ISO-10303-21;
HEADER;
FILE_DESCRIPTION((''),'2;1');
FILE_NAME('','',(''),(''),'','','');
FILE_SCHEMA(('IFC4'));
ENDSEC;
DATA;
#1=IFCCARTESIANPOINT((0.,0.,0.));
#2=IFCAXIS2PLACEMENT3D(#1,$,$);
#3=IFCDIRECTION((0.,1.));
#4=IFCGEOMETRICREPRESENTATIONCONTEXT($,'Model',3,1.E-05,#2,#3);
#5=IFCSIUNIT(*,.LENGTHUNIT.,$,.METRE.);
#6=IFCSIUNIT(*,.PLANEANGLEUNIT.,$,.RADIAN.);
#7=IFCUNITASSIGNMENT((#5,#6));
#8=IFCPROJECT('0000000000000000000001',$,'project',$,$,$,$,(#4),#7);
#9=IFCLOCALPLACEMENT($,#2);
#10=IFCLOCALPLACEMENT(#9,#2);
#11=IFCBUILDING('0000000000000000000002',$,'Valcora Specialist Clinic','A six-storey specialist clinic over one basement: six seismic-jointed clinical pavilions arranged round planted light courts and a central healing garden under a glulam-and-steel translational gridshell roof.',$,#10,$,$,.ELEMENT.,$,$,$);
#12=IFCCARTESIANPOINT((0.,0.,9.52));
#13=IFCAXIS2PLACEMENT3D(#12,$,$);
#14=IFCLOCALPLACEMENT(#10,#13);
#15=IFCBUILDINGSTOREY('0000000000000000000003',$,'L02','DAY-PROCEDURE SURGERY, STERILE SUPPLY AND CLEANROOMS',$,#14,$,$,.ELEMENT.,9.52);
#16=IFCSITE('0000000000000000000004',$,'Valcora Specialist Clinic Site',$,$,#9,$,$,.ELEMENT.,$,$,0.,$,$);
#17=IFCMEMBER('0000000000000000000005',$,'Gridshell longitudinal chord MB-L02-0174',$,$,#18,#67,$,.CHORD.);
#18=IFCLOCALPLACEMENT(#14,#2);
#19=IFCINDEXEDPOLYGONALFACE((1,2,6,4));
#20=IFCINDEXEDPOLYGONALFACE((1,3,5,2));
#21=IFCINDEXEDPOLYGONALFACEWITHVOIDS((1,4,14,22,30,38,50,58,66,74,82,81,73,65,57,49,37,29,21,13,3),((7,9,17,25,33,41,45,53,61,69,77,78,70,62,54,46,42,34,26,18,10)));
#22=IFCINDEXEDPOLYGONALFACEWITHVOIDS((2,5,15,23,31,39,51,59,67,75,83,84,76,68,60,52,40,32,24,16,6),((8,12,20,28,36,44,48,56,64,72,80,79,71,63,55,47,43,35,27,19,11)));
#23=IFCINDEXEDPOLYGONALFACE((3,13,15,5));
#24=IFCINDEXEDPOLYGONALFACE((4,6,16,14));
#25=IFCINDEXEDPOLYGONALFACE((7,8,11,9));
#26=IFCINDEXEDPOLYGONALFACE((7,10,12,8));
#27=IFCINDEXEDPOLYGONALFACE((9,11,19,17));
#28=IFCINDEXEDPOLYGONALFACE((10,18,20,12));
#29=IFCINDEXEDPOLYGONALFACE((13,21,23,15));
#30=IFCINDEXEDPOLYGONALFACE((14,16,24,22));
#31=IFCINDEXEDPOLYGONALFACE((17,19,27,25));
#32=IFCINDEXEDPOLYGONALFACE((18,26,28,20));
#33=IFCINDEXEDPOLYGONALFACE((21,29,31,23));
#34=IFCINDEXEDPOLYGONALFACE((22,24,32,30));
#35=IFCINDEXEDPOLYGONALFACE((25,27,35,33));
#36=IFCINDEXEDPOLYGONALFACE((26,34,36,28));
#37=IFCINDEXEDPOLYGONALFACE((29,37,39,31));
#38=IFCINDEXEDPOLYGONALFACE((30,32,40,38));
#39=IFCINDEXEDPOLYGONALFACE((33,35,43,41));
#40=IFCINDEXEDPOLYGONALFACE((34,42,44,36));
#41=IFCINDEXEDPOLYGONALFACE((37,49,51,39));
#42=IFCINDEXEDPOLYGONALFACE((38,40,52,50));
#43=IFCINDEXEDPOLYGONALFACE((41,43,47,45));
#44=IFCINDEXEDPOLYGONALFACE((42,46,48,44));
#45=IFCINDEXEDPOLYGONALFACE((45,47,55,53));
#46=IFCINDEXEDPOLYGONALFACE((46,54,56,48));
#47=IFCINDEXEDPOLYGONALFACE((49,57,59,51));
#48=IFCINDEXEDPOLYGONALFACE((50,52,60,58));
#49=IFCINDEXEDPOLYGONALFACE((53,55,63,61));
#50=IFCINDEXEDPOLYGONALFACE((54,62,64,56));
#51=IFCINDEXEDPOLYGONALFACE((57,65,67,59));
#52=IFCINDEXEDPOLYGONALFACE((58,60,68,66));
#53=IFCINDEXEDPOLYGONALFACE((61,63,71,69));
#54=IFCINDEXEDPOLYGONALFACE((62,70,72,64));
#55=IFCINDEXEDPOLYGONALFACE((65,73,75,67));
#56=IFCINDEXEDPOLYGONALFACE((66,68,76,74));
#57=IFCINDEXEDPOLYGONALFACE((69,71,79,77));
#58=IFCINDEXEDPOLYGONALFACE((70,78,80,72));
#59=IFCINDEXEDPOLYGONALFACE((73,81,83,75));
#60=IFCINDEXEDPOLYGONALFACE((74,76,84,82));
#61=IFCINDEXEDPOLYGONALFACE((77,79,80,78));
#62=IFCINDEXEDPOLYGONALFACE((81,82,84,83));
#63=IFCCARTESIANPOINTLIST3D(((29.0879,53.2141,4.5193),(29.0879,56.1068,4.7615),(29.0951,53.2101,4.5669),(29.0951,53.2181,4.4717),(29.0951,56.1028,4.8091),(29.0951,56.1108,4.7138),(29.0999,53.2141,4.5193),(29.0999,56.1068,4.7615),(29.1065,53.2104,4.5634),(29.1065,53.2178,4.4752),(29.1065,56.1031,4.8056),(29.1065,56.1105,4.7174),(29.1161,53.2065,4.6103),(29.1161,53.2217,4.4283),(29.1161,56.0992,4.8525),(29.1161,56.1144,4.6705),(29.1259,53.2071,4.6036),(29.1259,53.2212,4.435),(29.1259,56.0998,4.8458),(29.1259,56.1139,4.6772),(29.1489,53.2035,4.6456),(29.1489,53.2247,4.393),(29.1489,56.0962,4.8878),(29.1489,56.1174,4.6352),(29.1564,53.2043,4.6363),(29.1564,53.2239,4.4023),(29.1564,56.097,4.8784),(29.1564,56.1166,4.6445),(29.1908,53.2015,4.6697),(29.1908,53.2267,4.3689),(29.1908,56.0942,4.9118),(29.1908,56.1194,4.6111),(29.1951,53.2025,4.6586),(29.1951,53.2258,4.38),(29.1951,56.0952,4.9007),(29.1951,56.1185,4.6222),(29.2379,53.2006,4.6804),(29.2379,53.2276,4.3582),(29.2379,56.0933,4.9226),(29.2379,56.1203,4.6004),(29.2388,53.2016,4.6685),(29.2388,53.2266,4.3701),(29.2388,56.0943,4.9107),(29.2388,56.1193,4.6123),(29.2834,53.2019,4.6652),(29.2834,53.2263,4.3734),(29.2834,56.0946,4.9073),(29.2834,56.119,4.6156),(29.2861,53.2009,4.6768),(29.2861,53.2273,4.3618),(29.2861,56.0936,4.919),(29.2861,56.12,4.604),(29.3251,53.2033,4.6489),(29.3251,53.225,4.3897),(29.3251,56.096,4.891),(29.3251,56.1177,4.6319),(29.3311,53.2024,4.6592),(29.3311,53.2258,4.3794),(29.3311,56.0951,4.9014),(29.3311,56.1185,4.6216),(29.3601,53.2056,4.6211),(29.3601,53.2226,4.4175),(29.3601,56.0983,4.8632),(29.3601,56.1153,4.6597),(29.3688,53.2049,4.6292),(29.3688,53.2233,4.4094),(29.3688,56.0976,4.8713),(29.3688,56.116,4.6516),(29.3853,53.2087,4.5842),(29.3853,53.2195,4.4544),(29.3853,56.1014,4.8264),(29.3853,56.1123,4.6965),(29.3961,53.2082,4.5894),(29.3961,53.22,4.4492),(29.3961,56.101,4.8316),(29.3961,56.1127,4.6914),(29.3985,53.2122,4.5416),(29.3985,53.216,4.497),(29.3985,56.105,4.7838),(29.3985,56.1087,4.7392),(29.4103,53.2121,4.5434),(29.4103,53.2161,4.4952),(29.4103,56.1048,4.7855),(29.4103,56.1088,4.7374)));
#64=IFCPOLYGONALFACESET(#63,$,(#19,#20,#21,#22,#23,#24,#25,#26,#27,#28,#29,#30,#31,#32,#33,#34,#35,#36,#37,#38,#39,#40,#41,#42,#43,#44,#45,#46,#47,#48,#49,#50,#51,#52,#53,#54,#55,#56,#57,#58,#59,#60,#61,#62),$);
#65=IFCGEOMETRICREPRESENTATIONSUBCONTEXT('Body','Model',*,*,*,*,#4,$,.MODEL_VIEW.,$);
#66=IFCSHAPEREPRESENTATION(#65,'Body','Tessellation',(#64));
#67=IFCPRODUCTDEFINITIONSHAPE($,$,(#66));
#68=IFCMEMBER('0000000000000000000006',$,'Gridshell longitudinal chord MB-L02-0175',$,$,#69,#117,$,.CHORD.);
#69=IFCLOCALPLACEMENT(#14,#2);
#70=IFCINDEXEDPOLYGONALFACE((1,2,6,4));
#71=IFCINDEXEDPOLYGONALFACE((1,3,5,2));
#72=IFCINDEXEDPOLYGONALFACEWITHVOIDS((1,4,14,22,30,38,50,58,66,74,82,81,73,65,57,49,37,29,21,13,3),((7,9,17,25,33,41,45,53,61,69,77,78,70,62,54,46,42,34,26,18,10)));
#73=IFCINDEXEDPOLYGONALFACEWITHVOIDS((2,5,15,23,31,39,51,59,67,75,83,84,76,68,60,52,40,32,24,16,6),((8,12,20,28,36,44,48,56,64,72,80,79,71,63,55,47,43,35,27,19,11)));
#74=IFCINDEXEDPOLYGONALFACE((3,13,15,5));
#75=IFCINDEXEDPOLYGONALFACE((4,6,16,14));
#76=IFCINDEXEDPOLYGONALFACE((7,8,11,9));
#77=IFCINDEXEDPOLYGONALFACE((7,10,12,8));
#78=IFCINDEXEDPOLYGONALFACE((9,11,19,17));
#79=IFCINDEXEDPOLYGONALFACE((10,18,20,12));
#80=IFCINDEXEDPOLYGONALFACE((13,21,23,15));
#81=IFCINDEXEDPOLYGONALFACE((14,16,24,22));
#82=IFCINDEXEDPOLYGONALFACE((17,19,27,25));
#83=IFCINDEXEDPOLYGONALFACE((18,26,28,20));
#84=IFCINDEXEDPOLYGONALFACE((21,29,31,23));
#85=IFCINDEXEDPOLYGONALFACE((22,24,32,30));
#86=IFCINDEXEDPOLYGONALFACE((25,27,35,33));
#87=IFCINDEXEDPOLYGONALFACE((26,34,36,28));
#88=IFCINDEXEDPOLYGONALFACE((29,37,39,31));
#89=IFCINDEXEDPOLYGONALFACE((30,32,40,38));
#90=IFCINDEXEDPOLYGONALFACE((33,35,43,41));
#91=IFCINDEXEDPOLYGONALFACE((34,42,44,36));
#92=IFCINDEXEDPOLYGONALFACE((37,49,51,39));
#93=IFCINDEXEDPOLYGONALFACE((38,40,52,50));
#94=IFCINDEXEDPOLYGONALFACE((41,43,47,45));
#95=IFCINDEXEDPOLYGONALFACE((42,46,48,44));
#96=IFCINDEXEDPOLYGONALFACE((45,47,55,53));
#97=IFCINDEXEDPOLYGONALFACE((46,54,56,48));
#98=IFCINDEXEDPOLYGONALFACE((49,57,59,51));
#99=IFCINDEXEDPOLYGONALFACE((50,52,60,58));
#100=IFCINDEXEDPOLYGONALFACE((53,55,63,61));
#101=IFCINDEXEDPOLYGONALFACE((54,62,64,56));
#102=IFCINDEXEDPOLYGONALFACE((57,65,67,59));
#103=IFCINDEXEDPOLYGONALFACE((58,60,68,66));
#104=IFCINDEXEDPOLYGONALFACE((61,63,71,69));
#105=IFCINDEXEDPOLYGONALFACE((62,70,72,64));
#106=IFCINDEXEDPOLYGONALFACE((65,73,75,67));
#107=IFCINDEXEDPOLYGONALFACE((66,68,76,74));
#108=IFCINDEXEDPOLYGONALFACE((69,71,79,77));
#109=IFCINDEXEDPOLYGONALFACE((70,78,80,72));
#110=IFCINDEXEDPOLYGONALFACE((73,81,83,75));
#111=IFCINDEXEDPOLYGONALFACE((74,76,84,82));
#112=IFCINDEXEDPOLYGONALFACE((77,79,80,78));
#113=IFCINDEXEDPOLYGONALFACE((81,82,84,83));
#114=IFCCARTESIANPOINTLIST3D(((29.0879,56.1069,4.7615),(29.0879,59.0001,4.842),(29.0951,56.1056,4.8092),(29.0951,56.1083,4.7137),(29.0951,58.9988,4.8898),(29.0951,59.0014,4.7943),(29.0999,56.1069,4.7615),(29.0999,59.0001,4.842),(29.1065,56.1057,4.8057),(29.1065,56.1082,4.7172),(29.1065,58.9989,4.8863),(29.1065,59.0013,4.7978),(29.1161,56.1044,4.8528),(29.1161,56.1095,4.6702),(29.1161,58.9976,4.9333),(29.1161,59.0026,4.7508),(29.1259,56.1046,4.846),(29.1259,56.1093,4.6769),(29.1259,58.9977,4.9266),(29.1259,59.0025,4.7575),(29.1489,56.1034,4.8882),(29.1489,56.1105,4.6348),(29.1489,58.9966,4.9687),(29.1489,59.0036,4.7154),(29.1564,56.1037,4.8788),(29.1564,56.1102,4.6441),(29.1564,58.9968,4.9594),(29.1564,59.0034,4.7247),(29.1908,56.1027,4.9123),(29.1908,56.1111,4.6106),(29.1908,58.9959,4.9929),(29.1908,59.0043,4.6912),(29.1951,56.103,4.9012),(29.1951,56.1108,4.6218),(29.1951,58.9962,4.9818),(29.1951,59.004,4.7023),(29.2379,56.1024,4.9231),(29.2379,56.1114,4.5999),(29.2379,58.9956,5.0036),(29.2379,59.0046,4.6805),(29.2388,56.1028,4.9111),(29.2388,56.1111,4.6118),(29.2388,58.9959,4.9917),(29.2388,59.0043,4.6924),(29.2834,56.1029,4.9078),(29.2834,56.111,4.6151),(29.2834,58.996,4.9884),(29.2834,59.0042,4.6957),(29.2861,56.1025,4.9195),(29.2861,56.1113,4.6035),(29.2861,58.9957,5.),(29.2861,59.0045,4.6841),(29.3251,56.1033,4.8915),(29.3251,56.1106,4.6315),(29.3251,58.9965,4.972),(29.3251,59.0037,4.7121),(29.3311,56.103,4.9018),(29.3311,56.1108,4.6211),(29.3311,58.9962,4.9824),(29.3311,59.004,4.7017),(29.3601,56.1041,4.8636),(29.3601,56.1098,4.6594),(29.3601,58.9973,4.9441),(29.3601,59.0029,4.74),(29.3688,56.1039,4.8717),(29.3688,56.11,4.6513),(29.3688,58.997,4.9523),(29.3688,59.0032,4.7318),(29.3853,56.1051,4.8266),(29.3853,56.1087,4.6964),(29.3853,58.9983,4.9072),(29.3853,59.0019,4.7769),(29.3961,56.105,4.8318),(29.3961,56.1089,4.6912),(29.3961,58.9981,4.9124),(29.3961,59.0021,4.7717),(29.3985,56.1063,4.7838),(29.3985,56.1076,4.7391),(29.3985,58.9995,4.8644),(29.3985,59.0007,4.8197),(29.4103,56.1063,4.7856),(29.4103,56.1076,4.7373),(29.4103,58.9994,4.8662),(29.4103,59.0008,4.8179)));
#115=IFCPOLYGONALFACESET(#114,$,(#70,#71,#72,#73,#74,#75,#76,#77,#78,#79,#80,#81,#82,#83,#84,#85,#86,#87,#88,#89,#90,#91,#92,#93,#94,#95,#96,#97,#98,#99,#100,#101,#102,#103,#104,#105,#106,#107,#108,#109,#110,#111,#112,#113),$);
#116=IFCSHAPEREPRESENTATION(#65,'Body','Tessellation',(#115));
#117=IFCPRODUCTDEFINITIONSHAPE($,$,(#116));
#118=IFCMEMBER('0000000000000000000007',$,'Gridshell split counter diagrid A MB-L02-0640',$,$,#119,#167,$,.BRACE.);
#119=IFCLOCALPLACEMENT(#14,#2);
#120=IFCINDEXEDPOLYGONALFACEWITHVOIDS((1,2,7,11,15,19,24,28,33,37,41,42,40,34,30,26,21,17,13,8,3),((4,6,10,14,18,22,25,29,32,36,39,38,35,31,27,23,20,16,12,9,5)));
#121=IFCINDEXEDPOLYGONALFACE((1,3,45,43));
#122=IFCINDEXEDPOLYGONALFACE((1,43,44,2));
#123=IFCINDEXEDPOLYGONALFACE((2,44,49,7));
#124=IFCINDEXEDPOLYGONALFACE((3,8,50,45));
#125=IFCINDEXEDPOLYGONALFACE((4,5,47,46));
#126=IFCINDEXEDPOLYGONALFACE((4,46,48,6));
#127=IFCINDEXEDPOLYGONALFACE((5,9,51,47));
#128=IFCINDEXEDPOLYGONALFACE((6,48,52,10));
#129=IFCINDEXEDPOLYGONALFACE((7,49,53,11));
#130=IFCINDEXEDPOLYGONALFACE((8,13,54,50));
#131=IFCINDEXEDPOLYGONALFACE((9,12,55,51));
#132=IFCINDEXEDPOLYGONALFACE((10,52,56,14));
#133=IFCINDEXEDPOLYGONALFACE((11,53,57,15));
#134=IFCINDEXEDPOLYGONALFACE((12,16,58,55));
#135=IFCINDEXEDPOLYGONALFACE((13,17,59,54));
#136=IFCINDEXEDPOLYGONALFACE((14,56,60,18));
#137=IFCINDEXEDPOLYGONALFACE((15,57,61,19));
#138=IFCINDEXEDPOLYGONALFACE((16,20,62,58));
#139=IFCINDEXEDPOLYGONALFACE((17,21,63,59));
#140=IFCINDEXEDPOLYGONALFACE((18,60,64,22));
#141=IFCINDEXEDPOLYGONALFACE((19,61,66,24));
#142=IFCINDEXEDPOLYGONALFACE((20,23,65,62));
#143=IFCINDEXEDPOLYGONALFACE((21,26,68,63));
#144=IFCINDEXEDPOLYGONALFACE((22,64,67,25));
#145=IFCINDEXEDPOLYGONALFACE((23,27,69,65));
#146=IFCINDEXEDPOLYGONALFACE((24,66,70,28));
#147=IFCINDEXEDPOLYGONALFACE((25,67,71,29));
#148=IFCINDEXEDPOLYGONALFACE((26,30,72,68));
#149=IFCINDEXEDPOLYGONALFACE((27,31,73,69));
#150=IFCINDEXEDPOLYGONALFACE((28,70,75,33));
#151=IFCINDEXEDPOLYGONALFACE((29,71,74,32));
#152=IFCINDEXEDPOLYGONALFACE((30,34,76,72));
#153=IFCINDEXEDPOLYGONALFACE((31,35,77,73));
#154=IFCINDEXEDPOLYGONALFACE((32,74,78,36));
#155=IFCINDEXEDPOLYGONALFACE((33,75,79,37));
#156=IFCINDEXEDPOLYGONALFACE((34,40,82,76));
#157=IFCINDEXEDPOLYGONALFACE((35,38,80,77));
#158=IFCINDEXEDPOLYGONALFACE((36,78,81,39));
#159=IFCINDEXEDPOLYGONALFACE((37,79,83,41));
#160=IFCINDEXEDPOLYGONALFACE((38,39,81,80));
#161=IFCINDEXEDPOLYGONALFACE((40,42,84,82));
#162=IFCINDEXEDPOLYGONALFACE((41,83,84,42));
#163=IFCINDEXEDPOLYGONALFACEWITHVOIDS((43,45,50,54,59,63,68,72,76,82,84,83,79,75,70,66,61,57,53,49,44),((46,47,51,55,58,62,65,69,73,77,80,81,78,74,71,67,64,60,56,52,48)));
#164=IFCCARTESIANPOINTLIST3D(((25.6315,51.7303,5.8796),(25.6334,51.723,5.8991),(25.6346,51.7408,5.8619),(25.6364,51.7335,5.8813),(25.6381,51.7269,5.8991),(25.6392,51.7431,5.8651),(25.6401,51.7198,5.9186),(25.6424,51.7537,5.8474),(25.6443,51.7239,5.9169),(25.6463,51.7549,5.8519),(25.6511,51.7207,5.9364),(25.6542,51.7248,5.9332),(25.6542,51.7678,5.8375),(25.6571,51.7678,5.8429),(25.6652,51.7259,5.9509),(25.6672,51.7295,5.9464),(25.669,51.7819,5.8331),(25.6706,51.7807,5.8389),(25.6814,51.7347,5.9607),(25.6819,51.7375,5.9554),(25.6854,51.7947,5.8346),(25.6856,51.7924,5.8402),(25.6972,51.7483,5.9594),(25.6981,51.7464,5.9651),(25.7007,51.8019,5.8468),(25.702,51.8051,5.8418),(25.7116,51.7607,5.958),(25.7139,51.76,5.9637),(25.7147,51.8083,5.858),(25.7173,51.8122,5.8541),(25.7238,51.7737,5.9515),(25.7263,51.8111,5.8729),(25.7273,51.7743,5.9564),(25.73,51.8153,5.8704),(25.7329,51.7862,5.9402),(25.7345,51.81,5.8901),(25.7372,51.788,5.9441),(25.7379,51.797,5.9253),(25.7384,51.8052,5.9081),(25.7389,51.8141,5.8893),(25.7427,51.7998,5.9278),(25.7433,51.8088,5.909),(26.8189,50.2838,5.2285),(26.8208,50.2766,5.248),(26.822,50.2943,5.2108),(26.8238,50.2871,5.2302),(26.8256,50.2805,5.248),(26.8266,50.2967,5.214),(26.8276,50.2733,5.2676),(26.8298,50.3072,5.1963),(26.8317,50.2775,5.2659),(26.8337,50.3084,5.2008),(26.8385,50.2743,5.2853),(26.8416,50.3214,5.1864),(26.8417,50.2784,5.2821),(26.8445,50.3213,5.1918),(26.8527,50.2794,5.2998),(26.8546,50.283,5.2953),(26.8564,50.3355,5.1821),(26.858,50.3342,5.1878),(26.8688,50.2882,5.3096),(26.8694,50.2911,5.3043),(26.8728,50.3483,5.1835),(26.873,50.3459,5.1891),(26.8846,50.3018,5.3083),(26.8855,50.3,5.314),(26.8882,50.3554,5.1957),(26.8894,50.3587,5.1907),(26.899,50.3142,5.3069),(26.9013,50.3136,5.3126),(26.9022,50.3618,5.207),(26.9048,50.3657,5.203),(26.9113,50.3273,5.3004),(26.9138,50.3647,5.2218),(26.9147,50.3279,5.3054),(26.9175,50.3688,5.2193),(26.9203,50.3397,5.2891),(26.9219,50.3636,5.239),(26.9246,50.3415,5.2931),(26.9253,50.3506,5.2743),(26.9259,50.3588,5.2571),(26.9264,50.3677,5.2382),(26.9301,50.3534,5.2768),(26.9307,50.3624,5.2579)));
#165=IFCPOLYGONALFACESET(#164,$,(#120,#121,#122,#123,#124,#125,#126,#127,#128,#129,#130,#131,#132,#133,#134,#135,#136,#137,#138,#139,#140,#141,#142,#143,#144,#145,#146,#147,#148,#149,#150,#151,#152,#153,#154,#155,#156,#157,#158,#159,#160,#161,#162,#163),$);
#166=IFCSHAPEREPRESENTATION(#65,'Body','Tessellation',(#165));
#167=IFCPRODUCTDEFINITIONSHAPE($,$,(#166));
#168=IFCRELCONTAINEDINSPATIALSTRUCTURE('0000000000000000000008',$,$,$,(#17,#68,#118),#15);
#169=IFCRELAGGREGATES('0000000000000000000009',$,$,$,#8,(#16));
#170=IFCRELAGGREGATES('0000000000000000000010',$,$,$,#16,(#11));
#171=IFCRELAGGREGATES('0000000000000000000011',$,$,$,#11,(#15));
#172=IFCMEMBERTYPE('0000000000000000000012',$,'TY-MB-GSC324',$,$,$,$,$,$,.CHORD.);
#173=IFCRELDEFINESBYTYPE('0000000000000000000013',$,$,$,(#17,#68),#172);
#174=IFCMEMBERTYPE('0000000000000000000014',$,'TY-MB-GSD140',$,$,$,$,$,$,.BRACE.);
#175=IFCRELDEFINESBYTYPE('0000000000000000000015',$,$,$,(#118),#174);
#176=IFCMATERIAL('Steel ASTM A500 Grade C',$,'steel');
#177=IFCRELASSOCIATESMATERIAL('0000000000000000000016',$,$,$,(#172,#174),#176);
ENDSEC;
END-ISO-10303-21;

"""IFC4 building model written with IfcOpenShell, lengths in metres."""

from ifc_helpers import new_model, si_unit, direction, frame, origin, origin_2d, place, context, subcontext, project, spatial, hollow_circle, extrude, material, material_profile, profile_set, type_object, element, save


model = new_model("IFC4")

# Units and contexts
model_context = context("Model", 3, precision=1e-05, world=origin(), true_north=direction((0.0, 1.0)))
body_context = subcontext(model_context, "Body", "Model", "MODEL_VIEW")
ifc_project = project(units=[si_unit("LENGTHUNIT", "METRE"), si_unit("PLANEANGLEUNIT", "RADIAN")], contexts=[model_context])

# Site, building, storey
site_placement = place(None, origin())
site = spatial("IfcSite", under=ifc_project, at=site_placement, Name="Valcora Specialist Clinic Site", CompositionType="ELEMENT", RefElevation=0.0)
building_placement = place(site_placement, origin())
building = spatial("IfcBuilding", under=site, at=building_placement, Name="Valcora Specialist Clinic", Description="A six-storey specialist clinic over one basement: six seismic-jointed clinical pavilions arranged round planted light courts and a central healing garden under a glulam-and-steel translational gridshell roof.", CompositionType="ELEMENT")
storey_placement = place(building_placement, frame((0.0, 0.0, 9.52)))
storey = spatial("IfcBuildingStorey", under=building, at=storey_placement, Name="L02", Description="DAY-PROCEDURE SURGERY, STERILE SUPPLY AND CLEANROOMS", CompositionType="ELEMENT", Elevation=9.52)

# Members
ifc_material_1 = material(Name="Steel ASTM A500 Grade C", Category="steel")
ifc_material_profile_1 = material_profile(ifc_material_1, hollow_circle(Radius=0.1621, WallThickness=0.012, at=origin_2d()), Name="ST-CHS-324X12")
ifc_profile_set_1 = profile_set([ifc_material_profile_1], Name="Steel ASTM A500 Grade C")
member_type_1 = type_object("IfcMemberType", Name="TY-MB-GSC324", PredefinedType="CHORD", material=ifc_profile_set_1)
member_1_placement = place(storey_placement, frame((29.25, 53.2141, 4.5193), z_axis=(0.0, 0.996514, 0.083428), x_axis=(-1.0, 0.0, 0.0)))
element("IfcMember", 1, at=member_1_placement, inside=storey, type_object=member_type_1, Name="Gridshell longitudinal chord MB-L02-0174", PredefinedType="CHORD", context=body_context, shape_type="SweptSolid", body=[
    extrude(hollow_circle(Radius=0.1621, WallThickness=0.012, at=origin_2d()), origin(), (0.0, 0.0, 1.0), 2.9028),
])
member_2_placement = place(storey_placement, frame((29.25, 56.1069, 4.7615), z_axis=(0.0, 0.999612, 0.027837), x_axis=(-1.0, 0.0, 0.0)))
element("IfcMember", 2, at=member_2_placement, inside=storey, type_object=member_type_1, Name="Gridshell longitudinal chord MB-L02-0175", PredefinedType="CHORD", context=body_context, shape_type="SweptSolid", body=[
    extrude(hollow_circle(Radius=0.1621, WallThickness=0.012, at=origin_2d()), origin(), (0.0, 0.0, 1.0), 2.8943),
])
ifc_material_profile_2 = material_profile(ifc_material_1, hollow_circle(Radius=0.0701, WallThickness=0.0061, at=origin_2d()), Name="ST-CHS-140X6")
ifc_profile_set_2 = profile_set([ifc_material_profile_2], Name="Steel ASTM A500 Grade C")
member_type_2 = type_object("IfcMemberType", Name="TY-MB-GSD140", PredefinedType="BRACE", material=ifc_profile_set_2)
member_3_placement = place(storey_placement, frame((26.875, 50.321, 5.248), z_axis=(-0.599276, 0.729998, 0.328591), x_axis=(-0.772916, -0.634508, 0.0)))
element("IfcMember", 3, at=member_3_placement, inside=storey, type_object=member_type_2, Name="Gridshell split counter diagrid A MB-L02-0640", PredefinedType="BRACE", context=body_context, shape_type="SweptSolid", body=[
    extrude(hollow_circle(Radius=0.0701, WallThickness=0.0061, at=origin_2d()), origin(), (0.0, 0.0, 1.0), 1.9814),
])

save(model, "model.ifc")
